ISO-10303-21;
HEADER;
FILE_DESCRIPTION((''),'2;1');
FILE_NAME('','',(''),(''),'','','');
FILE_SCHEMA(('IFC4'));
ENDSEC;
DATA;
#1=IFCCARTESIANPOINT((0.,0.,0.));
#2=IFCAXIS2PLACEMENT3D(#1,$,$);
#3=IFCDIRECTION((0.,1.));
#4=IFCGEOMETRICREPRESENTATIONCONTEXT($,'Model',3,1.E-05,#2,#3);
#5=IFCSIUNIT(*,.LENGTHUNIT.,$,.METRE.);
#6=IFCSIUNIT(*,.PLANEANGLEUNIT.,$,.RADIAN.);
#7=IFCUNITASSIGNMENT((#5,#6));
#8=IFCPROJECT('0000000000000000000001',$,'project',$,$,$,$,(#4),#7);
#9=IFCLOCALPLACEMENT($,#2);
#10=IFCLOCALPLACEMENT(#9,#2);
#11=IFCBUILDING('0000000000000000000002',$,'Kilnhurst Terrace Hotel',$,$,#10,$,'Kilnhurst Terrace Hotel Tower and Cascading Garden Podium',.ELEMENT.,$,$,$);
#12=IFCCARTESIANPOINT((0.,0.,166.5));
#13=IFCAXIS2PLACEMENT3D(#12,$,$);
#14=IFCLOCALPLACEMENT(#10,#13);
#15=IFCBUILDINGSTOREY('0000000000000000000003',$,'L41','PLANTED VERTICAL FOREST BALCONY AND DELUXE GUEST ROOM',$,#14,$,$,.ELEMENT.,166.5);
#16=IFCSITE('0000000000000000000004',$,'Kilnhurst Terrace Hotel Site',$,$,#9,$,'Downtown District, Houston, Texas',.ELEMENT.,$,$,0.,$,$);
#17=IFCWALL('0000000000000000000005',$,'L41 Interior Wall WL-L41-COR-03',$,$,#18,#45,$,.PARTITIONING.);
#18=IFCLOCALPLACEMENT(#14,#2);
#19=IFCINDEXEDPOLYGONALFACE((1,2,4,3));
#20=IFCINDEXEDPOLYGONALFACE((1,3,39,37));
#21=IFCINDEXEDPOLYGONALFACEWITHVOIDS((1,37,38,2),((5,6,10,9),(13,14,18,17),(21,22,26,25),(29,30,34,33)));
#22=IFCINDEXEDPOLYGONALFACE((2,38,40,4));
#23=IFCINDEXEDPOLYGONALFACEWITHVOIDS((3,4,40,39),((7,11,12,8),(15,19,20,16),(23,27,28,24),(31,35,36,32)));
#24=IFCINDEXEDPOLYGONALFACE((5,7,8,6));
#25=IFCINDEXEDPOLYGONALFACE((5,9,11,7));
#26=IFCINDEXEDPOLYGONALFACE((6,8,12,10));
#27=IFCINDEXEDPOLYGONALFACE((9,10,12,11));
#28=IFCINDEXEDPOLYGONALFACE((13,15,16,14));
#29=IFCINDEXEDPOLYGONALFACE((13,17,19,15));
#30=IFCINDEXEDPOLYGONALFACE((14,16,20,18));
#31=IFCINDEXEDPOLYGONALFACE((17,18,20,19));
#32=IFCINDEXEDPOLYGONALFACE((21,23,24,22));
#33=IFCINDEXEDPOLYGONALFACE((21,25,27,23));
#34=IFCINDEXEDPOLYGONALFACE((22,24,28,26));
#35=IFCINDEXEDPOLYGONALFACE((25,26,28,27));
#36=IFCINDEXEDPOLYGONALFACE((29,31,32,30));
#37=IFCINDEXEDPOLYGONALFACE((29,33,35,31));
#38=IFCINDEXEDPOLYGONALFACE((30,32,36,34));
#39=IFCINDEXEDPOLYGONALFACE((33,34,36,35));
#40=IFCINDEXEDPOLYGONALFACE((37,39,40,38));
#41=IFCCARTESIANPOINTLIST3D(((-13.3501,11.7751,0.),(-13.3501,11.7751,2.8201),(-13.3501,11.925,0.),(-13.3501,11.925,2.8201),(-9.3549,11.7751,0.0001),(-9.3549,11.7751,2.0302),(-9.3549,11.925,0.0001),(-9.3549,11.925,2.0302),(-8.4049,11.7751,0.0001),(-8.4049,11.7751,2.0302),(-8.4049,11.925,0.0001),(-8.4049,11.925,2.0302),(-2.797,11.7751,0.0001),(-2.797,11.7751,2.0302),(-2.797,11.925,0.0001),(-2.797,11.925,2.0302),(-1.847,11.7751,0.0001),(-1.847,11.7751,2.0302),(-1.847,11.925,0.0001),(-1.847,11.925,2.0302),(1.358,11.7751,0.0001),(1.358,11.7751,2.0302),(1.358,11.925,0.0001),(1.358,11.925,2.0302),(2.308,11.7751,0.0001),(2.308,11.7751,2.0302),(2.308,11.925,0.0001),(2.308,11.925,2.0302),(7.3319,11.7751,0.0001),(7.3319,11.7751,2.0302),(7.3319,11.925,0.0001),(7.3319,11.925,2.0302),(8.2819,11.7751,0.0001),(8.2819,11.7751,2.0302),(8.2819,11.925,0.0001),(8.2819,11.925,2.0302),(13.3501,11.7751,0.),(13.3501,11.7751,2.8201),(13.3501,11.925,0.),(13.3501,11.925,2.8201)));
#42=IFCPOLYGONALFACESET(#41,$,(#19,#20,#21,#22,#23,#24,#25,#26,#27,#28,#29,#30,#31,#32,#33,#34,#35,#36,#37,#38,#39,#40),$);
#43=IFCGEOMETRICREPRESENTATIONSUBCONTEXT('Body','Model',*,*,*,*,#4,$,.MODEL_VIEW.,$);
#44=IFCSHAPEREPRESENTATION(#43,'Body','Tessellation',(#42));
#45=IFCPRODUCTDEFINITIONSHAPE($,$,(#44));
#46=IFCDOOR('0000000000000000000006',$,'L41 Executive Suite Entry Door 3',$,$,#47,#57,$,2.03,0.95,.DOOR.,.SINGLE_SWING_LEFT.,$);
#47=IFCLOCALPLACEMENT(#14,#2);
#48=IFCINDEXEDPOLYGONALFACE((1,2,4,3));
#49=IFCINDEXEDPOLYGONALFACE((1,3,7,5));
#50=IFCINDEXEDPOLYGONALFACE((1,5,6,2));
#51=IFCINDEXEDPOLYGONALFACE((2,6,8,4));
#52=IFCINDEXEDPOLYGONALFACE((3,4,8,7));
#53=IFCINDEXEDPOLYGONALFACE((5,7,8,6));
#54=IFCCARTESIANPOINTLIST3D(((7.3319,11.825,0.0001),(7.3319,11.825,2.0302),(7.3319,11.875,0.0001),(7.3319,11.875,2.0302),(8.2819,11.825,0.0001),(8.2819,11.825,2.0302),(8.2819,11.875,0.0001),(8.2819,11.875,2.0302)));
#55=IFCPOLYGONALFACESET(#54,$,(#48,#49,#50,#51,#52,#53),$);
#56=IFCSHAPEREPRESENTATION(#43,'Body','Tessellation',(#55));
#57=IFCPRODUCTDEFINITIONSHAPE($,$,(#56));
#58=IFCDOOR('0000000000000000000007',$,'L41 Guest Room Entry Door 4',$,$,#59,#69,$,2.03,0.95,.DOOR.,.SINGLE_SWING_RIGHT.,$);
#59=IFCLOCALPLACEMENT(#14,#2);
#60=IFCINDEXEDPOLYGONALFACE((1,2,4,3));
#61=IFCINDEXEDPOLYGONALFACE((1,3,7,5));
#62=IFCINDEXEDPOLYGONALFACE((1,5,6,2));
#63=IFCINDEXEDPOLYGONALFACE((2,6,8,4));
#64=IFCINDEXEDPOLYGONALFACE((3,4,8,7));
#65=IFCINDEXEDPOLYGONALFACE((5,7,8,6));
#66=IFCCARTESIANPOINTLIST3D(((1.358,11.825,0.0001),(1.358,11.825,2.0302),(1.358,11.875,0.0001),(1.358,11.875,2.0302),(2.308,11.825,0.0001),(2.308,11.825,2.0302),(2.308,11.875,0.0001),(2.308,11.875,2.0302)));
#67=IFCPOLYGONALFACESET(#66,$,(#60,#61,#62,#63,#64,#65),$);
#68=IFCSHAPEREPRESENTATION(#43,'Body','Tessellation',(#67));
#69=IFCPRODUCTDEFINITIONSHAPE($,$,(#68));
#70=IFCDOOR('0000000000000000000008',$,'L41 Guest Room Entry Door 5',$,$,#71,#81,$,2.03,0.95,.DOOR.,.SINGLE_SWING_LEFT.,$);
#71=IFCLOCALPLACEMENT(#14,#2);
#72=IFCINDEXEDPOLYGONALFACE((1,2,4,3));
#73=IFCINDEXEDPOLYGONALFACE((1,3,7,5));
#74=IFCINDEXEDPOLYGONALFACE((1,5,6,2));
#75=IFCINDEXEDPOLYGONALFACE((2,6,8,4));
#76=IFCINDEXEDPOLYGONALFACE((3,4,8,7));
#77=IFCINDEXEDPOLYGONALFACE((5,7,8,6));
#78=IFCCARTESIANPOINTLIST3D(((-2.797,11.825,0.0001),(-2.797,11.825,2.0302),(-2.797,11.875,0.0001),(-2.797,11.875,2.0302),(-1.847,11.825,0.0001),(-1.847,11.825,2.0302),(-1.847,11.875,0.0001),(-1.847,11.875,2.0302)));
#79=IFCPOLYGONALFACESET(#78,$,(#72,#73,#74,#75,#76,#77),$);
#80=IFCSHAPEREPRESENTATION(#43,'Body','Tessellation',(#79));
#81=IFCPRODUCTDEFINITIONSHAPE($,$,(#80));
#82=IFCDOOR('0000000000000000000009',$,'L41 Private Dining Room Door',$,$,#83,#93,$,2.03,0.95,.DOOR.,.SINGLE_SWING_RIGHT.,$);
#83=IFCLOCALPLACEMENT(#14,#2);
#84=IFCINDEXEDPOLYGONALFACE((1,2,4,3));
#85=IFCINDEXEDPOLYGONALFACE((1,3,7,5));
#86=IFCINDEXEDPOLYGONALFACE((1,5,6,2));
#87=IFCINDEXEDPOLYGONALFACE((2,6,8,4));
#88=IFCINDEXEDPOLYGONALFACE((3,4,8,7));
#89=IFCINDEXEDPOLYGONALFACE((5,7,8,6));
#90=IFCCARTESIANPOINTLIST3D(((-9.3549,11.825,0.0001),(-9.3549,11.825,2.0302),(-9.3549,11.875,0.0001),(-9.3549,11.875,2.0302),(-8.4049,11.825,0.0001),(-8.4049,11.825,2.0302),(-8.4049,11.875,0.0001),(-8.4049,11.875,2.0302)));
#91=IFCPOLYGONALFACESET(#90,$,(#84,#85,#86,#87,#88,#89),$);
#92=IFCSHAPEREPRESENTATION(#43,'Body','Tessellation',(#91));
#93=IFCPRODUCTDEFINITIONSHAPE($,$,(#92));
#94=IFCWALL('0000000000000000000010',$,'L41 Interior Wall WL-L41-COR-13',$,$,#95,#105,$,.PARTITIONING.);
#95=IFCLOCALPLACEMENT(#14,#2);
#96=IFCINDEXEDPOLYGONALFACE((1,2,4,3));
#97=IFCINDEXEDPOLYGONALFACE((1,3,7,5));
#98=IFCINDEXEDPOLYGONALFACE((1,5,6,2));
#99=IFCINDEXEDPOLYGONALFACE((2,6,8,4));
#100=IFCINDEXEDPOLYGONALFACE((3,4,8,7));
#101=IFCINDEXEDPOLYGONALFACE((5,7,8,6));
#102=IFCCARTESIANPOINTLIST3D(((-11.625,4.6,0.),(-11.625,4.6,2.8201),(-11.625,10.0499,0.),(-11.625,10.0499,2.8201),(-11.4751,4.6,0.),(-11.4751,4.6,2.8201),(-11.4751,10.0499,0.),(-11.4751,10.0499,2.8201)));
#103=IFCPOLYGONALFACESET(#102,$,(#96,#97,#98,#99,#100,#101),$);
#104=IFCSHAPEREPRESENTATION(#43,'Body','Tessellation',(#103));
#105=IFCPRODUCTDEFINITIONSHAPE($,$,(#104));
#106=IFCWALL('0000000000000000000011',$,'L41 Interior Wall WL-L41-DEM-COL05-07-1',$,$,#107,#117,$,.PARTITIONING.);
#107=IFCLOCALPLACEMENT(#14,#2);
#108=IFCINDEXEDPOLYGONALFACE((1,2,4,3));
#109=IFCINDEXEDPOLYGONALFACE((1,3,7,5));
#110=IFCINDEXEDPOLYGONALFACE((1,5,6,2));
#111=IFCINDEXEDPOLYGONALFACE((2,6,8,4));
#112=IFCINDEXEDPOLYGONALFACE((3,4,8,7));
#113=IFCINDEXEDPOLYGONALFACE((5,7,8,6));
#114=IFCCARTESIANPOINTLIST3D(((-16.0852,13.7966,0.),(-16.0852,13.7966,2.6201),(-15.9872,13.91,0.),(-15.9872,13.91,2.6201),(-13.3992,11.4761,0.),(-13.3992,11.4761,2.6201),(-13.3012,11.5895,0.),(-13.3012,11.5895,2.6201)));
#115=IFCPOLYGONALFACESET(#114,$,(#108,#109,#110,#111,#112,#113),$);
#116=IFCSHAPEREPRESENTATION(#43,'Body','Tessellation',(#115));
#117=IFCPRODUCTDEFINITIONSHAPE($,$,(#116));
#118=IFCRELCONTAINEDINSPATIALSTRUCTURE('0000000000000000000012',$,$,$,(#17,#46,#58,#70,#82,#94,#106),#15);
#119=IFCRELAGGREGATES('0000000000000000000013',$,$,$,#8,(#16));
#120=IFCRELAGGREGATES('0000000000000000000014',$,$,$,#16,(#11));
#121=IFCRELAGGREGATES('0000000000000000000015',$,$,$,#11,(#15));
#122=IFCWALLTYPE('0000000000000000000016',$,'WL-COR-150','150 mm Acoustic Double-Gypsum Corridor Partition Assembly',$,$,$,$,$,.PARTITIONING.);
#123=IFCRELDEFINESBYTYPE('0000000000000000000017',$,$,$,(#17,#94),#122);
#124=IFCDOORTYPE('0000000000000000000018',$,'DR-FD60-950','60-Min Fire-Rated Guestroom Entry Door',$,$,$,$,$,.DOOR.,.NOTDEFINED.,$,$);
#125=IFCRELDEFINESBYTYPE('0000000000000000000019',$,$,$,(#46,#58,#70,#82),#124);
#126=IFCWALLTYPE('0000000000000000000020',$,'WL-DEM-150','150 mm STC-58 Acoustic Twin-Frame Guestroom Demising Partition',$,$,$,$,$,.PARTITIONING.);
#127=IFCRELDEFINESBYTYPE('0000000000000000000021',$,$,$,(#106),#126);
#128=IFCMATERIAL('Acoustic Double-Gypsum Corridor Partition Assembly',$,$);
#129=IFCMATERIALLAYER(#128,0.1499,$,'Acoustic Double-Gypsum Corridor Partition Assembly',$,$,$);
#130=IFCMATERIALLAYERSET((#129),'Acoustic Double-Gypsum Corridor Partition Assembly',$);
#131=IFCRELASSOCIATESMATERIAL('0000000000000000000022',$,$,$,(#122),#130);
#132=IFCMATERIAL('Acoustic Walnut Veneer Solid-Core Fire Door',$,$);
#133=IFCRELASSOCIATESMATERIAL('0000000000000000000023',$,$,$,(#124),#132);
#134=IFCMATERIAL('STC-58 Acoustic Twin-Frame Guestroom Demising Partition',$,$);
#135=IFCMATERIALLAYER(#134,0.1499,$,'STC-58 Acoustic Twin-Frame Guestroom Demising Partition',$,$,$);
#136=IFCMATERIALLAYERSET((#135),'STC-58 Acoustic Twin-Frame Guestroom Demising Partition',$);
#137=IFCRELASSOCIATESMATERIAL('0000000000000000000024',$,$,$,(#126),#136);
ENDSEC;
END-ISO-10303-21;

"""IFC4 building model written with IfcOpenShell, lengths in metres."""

from ifc_helpers import new_model, si_unit, direction, frame, frame_2d, origin, place, context, subcontext, project, spatial, rectangle, extrude, material, layer, layer_set, type_object, element, fill, save


model = new_model("IFC4")

# Units and contexts
model_context = context("Model", 3, precision=1e-05, world=origin(), true_north=direction((0.0, 1.0)))
body_context = subcontext(model_context, "Body", "Model", "MODEL_VIEW")
ifc_project = project(units=[si_unit("LENGTHUNIT", "METRE"), si_unit("PLANEANGLEUNIT", "RADIAN")], contexts=[model_context])

# Site, building, storey
site_placement = place(None, origin())
site = spatial("IfcSite", under=ifc_project, at=site_placement, Name="Kilnhurst Terrace Hotel Site", LongName="Downtown District, Houston, Texas", CompositionType="ELEMENT", RefElevation=0.0)
building_placement = place(site_placement, origin())
building = spatial("IfcBuilding", under=site, at=building_placement, Name="Kilnhurst Terrace Hotel", LongName="Kilnhurst Terrace Hotel Tower and Cascading Garden Podium", CompositionType="ELEMENT")
storey_placement = place(building_placement, frame((0.0, 0.0, 166.5)))
storey = spatial("IfcBuildingStorey", under=building, at=storey_placement, Name="L41", Description="PLANTED VERTICAL FOREST BALCONY AND DELUXE GUEST ROOM", CompositionType="ELEMENT", Elevation=166.5)

# Wall, openings, doors
ifc_material_1 = material(Name="Acoustic Double-Gypsum Corridor Partition Assembly")
ifc_layer_1 = layer(ifc_material_1, 0.1499, Name="Acoustic Double-Gypsum Corridor Partition Assembly")
ifc_layer_set_1 = layer_set([ifc_layer_1], Name="Acoustic Double-Gypsum Corridor Partition Assembly")
wall_type_1 = type_object("IfcWallType", Name="WL-COR-150", Description="150 mm Acoustic Double-Gypsum Corridor Partition Assembly", PredefinedType="PARTITIONING", material=ifc_layer_set_1)
wall_1_placement = place(storey_placement, frame((-13.3501, 11.8501, 0.0), z_axis=(0.0, 0.0, 1.0), x_axis=(1.0, 0.0, 0.0)))
wall_1 = element("IfcWall", 1, at=wall_1_placement, inside=storey, type_object=wall_type_1, Name="L41 Interior Wall WL-L41-COR-03", PredefinedType="PARTITIONING", context=body_context, shape_type="SweptSolid", body=[
    extrude(rectangle(XDim=26.7002, YDim=0.1499, at=frame_2d((13.3501, 0.0))), origin(), (0.0, 0.0, 1.0), 2.8201),
])
opening_1_placement = place(wall_1_placement, frame((20.6819, 0.0, 0.0)))
opening_1 = element("IfcOpeningElement", 2, at=opening_1_placement, cuts=wall_1, PredefinedType="OPENING", context=body_context, shape_type="SweptSolid", body=[
    extrude(rectangle(XDim=0.95, YDim=2.03, at=frame_2d((0.4751, 1.0151))), frame((0.0, 0.085, 0.0), z_axis=(0.0, -1.0, 0.0), x_axis=(1.0, 0.0, 0.0)), (0.0, 0.0, 1.0), 0.1699),
])
opening_2_placement = place(wall_1_placement, frame((14.708, 0.0, 0.0)))
opening_2 = element("IfcOpeningElement", 3, at=opening_2_placement, cuts=wall_1, PredefinedType="OPENING", context=body_context, shape_type="SweptSolid", body=[
    extrude(rectangle(XDim=0.95, YDim=2.03, at=frame_2d((0.4751, 1.0151))), frame((0.0, 0.085, 0.0), z_axis=(0.0, -1.0, 0.0), x_axis=(1.0, 0.0, 0.0)), (0.0, 0.0, 1.0), 0.1699),
])
opening_3_placement = place(wall_1_placement, frame((10.553, 0.0, 0.0)))
opening_3 = element("IfcOpeningElement", 4, at=opening_3_placement, cuts=wall_1, PredefinedType="OPENING", context=body_context, shape_type="SweptSolid", body=[
    extrude(rectangle(XDim=0.95, YDim=2.03, at=frame_2d((0.4751, 1.0151))), frame((0.0, 0.085, 0.0), z_axis=(0.0, -1.0, 0.0), x_axis=(1.0, 0.0, 0.0)), (0.0, 0.0, 1.0), 0.1699),
])
opening_4_placement = place(wall_1_placement, frame((3.9951, 0.0, 0.0)))
opening_4 = element("IfcOpeningElement", 5, at=opening_4_placement, cuts=wall_1, PredefinedType="OPENING", context=body_context, shape_type="SweptSolid", body=[
    extrude(rectangle(XDim=0.95, YDim=2.03, at=frame_2d((0.4751, 1.0151))), frame((0.0, 0.085, 0.0), z_axis=(0.0, -1.0, 0.0), x_axis=(1.0, 0.0, 0.0)), (0.0, 0.0, 1.0), 0.1699),
])
ifc_material_2 = material(Name="Acoustic Walnut Veneer Solid-Core Fire Door")
door_type_1 = type_object("IfcDoorType", Name="DR-FD60-950", Description="60-Min Fire-Rated Guestroom Entry Door", OperationType="NOTDEFINED", PredefinedType="DOOR", material=ifc_material_2)
door_1_placement = place(opening_1_placement, origin())
door_1 = element("IfcDoor", 6, at=door_1_placement, inside=storey, type_object=door_type_1, Name="L41 Executive Suite Entry Door 3", OperationType="SINGLE_SWING_LEFT", OverallHeight=2.03, OverallWidth=0.95, PredefinedType="DOOR", context=body_context, shape_type="SweptSolid", body=[
    extrude(rectangle(XDim=0.95, YDim=2.03, at=frame_2d((0.4751, 1.0151))), frame((0.0, 0.0249, 0.0), z_axis=(0.0, -1.0, 0.0), x_axis=(1.0, 0.0, 0.0)), (0.0, 0.0, 1.0), 0.05),
])
fill(opening_1, door_1)
door_2_placement = place(opening_2_placement, origin())
door_2 = element("IfcDoor", 7, at=door_2_placement, inside=storey, type_object=door_type_1, Name="L41 Guest Room Entry Door 4", OperationType="SINGLE_SWING_RIGHT", OverallHeight=2.03, OverallWidth=0.95, PredefinedType="DOOR", context=body_context, shape_type="SweptSolid", body=[
    extrude(rectangle(XDim=0.95, YDim=2.03, at=frame_2d((0.4751, 1.0151))), frame((0.0, 0.0249, 0.0), z_axis=(0.0, -1.0, 0.0), x_axis=(1.0, 0.0, 0.0)), (0.0, 0.0, 1.0), 0.05),
])
fill(opening_2, door_2)
door_3_placement = place(opening_3_placement, origin())
door_3 = element("IfcDoor", 8, at=door_3_placement, inside=storey, type_object=door_type_1, Name="L41 Guest Room Entry Door 5", OperationType="SINGLE_SWING_LEFT", OverallHeight=2.03, OverallWidth=0.95, PredefinedType="DOOR", context=body_context, shape_type="SweptSolid", body=[
    extrude(rectangle(XDim=0.95, YDim=2.03, at=frame_2d((0.4751, 1.0151))), frame((0.0, 0.0249, 0.0), z_axis=(0.0, -1.0, 0.0), x_axis=(1.0, 0.0, 0.0)), (0.0, 0.0, 1.0), 0.05),
])
fill(opening_3, door_3)
door_4_placement = place(opening_4_placement, origin())
door_4 = element("IfcDoor", 9, at=door_4_placement, inside=storey, type_object=door_type_1, Name="L41 Private Dining Room Door", OperationType="SINGLE_SWING_RIGHT", OverallHeight=2.03, OverallWidth=0.95, PredefinedType="DOOR", context=body_context, shape_type="SweptSolid", body=[
    extrude(rectangle(XDim=0.95, YDim=2.03, at=frame_2d((0.4751, 1.0151))), frame((0.0, 0.0249, 0.0), z_axis=(0.0, -1.0, 0.0), x_axis=(1.0, 0.0, 0.0)), (0.0, 0.0, 1.0), 0.05),
])
fill(opening_4, door_4)

# Walls
wall_2_placement = place(storey_placement, frame((-11.55, 10.05, 0.0), z_axis=(0.0, 0.0, 1.0), x_axis=(0.0, -1.0, 0.0)))
element("IfcWall", 10, at=wall_2_placement, inside=storey, type_object=wall_type_1, Name="L41 Interior Wall WL-L41-COR-13", PredefinedType="PARTITIONING", context=body_context, shape_type="SweptSolid", body=[
    extrude(rectangle(XDim=5.45, YDim=0.1499, at=frame_2d((2.7251, 0.0))), origin(), (0.0, 0.0, 1.0), 2.8201),
])
ifc_material_3 = material(Name="STC-58 Acoustic Twin-Frame Guestroom Demising Partition")
ifc_layer_2 = layer(ifc_material_3, 0.1499, Name="STC-58 Acoustic Twin-Frame Guestroom Demising Partition")
ifc_layer_set_2 = layer_set([ifc_layer_2], Name="STC-58 Acoustic Twin-Frame Guestroom Demising Partition")
wall_type_2 = type_object("IfcWallType", Name="WL-DEM-150", Description="150 mm STC-58 Acoustic Twin-Frame Guestroom Demising Partition", PredefinedType="PARTITIONING", material=ifc_layer_set_2)
wall_3_placement = place(storey_placement, frame((-13.3501, 11.5327, 0.0), z_axis=(0.0, 0.0, 1.0), x_axis=(-0.756712, 0.653749, 0.0)))
element("IfcWall", 11, at=wall_3_placement, inside=storey, type_object=wall_type_2, Name="L41 Interior Wall WL-L41-DEM-COL05-07-1", PredefinedType="PARTITIONING", context=body_context, shape_type="SweptSolid", body=[
    extrude(rectangle(XDim=3.5496, YDim=0.1499, at=frame_2d((1.7749, 0.0))), origin(), (0.0, 0.0, 1.0), 2.6201),
])

save(model, "model.ifc")
